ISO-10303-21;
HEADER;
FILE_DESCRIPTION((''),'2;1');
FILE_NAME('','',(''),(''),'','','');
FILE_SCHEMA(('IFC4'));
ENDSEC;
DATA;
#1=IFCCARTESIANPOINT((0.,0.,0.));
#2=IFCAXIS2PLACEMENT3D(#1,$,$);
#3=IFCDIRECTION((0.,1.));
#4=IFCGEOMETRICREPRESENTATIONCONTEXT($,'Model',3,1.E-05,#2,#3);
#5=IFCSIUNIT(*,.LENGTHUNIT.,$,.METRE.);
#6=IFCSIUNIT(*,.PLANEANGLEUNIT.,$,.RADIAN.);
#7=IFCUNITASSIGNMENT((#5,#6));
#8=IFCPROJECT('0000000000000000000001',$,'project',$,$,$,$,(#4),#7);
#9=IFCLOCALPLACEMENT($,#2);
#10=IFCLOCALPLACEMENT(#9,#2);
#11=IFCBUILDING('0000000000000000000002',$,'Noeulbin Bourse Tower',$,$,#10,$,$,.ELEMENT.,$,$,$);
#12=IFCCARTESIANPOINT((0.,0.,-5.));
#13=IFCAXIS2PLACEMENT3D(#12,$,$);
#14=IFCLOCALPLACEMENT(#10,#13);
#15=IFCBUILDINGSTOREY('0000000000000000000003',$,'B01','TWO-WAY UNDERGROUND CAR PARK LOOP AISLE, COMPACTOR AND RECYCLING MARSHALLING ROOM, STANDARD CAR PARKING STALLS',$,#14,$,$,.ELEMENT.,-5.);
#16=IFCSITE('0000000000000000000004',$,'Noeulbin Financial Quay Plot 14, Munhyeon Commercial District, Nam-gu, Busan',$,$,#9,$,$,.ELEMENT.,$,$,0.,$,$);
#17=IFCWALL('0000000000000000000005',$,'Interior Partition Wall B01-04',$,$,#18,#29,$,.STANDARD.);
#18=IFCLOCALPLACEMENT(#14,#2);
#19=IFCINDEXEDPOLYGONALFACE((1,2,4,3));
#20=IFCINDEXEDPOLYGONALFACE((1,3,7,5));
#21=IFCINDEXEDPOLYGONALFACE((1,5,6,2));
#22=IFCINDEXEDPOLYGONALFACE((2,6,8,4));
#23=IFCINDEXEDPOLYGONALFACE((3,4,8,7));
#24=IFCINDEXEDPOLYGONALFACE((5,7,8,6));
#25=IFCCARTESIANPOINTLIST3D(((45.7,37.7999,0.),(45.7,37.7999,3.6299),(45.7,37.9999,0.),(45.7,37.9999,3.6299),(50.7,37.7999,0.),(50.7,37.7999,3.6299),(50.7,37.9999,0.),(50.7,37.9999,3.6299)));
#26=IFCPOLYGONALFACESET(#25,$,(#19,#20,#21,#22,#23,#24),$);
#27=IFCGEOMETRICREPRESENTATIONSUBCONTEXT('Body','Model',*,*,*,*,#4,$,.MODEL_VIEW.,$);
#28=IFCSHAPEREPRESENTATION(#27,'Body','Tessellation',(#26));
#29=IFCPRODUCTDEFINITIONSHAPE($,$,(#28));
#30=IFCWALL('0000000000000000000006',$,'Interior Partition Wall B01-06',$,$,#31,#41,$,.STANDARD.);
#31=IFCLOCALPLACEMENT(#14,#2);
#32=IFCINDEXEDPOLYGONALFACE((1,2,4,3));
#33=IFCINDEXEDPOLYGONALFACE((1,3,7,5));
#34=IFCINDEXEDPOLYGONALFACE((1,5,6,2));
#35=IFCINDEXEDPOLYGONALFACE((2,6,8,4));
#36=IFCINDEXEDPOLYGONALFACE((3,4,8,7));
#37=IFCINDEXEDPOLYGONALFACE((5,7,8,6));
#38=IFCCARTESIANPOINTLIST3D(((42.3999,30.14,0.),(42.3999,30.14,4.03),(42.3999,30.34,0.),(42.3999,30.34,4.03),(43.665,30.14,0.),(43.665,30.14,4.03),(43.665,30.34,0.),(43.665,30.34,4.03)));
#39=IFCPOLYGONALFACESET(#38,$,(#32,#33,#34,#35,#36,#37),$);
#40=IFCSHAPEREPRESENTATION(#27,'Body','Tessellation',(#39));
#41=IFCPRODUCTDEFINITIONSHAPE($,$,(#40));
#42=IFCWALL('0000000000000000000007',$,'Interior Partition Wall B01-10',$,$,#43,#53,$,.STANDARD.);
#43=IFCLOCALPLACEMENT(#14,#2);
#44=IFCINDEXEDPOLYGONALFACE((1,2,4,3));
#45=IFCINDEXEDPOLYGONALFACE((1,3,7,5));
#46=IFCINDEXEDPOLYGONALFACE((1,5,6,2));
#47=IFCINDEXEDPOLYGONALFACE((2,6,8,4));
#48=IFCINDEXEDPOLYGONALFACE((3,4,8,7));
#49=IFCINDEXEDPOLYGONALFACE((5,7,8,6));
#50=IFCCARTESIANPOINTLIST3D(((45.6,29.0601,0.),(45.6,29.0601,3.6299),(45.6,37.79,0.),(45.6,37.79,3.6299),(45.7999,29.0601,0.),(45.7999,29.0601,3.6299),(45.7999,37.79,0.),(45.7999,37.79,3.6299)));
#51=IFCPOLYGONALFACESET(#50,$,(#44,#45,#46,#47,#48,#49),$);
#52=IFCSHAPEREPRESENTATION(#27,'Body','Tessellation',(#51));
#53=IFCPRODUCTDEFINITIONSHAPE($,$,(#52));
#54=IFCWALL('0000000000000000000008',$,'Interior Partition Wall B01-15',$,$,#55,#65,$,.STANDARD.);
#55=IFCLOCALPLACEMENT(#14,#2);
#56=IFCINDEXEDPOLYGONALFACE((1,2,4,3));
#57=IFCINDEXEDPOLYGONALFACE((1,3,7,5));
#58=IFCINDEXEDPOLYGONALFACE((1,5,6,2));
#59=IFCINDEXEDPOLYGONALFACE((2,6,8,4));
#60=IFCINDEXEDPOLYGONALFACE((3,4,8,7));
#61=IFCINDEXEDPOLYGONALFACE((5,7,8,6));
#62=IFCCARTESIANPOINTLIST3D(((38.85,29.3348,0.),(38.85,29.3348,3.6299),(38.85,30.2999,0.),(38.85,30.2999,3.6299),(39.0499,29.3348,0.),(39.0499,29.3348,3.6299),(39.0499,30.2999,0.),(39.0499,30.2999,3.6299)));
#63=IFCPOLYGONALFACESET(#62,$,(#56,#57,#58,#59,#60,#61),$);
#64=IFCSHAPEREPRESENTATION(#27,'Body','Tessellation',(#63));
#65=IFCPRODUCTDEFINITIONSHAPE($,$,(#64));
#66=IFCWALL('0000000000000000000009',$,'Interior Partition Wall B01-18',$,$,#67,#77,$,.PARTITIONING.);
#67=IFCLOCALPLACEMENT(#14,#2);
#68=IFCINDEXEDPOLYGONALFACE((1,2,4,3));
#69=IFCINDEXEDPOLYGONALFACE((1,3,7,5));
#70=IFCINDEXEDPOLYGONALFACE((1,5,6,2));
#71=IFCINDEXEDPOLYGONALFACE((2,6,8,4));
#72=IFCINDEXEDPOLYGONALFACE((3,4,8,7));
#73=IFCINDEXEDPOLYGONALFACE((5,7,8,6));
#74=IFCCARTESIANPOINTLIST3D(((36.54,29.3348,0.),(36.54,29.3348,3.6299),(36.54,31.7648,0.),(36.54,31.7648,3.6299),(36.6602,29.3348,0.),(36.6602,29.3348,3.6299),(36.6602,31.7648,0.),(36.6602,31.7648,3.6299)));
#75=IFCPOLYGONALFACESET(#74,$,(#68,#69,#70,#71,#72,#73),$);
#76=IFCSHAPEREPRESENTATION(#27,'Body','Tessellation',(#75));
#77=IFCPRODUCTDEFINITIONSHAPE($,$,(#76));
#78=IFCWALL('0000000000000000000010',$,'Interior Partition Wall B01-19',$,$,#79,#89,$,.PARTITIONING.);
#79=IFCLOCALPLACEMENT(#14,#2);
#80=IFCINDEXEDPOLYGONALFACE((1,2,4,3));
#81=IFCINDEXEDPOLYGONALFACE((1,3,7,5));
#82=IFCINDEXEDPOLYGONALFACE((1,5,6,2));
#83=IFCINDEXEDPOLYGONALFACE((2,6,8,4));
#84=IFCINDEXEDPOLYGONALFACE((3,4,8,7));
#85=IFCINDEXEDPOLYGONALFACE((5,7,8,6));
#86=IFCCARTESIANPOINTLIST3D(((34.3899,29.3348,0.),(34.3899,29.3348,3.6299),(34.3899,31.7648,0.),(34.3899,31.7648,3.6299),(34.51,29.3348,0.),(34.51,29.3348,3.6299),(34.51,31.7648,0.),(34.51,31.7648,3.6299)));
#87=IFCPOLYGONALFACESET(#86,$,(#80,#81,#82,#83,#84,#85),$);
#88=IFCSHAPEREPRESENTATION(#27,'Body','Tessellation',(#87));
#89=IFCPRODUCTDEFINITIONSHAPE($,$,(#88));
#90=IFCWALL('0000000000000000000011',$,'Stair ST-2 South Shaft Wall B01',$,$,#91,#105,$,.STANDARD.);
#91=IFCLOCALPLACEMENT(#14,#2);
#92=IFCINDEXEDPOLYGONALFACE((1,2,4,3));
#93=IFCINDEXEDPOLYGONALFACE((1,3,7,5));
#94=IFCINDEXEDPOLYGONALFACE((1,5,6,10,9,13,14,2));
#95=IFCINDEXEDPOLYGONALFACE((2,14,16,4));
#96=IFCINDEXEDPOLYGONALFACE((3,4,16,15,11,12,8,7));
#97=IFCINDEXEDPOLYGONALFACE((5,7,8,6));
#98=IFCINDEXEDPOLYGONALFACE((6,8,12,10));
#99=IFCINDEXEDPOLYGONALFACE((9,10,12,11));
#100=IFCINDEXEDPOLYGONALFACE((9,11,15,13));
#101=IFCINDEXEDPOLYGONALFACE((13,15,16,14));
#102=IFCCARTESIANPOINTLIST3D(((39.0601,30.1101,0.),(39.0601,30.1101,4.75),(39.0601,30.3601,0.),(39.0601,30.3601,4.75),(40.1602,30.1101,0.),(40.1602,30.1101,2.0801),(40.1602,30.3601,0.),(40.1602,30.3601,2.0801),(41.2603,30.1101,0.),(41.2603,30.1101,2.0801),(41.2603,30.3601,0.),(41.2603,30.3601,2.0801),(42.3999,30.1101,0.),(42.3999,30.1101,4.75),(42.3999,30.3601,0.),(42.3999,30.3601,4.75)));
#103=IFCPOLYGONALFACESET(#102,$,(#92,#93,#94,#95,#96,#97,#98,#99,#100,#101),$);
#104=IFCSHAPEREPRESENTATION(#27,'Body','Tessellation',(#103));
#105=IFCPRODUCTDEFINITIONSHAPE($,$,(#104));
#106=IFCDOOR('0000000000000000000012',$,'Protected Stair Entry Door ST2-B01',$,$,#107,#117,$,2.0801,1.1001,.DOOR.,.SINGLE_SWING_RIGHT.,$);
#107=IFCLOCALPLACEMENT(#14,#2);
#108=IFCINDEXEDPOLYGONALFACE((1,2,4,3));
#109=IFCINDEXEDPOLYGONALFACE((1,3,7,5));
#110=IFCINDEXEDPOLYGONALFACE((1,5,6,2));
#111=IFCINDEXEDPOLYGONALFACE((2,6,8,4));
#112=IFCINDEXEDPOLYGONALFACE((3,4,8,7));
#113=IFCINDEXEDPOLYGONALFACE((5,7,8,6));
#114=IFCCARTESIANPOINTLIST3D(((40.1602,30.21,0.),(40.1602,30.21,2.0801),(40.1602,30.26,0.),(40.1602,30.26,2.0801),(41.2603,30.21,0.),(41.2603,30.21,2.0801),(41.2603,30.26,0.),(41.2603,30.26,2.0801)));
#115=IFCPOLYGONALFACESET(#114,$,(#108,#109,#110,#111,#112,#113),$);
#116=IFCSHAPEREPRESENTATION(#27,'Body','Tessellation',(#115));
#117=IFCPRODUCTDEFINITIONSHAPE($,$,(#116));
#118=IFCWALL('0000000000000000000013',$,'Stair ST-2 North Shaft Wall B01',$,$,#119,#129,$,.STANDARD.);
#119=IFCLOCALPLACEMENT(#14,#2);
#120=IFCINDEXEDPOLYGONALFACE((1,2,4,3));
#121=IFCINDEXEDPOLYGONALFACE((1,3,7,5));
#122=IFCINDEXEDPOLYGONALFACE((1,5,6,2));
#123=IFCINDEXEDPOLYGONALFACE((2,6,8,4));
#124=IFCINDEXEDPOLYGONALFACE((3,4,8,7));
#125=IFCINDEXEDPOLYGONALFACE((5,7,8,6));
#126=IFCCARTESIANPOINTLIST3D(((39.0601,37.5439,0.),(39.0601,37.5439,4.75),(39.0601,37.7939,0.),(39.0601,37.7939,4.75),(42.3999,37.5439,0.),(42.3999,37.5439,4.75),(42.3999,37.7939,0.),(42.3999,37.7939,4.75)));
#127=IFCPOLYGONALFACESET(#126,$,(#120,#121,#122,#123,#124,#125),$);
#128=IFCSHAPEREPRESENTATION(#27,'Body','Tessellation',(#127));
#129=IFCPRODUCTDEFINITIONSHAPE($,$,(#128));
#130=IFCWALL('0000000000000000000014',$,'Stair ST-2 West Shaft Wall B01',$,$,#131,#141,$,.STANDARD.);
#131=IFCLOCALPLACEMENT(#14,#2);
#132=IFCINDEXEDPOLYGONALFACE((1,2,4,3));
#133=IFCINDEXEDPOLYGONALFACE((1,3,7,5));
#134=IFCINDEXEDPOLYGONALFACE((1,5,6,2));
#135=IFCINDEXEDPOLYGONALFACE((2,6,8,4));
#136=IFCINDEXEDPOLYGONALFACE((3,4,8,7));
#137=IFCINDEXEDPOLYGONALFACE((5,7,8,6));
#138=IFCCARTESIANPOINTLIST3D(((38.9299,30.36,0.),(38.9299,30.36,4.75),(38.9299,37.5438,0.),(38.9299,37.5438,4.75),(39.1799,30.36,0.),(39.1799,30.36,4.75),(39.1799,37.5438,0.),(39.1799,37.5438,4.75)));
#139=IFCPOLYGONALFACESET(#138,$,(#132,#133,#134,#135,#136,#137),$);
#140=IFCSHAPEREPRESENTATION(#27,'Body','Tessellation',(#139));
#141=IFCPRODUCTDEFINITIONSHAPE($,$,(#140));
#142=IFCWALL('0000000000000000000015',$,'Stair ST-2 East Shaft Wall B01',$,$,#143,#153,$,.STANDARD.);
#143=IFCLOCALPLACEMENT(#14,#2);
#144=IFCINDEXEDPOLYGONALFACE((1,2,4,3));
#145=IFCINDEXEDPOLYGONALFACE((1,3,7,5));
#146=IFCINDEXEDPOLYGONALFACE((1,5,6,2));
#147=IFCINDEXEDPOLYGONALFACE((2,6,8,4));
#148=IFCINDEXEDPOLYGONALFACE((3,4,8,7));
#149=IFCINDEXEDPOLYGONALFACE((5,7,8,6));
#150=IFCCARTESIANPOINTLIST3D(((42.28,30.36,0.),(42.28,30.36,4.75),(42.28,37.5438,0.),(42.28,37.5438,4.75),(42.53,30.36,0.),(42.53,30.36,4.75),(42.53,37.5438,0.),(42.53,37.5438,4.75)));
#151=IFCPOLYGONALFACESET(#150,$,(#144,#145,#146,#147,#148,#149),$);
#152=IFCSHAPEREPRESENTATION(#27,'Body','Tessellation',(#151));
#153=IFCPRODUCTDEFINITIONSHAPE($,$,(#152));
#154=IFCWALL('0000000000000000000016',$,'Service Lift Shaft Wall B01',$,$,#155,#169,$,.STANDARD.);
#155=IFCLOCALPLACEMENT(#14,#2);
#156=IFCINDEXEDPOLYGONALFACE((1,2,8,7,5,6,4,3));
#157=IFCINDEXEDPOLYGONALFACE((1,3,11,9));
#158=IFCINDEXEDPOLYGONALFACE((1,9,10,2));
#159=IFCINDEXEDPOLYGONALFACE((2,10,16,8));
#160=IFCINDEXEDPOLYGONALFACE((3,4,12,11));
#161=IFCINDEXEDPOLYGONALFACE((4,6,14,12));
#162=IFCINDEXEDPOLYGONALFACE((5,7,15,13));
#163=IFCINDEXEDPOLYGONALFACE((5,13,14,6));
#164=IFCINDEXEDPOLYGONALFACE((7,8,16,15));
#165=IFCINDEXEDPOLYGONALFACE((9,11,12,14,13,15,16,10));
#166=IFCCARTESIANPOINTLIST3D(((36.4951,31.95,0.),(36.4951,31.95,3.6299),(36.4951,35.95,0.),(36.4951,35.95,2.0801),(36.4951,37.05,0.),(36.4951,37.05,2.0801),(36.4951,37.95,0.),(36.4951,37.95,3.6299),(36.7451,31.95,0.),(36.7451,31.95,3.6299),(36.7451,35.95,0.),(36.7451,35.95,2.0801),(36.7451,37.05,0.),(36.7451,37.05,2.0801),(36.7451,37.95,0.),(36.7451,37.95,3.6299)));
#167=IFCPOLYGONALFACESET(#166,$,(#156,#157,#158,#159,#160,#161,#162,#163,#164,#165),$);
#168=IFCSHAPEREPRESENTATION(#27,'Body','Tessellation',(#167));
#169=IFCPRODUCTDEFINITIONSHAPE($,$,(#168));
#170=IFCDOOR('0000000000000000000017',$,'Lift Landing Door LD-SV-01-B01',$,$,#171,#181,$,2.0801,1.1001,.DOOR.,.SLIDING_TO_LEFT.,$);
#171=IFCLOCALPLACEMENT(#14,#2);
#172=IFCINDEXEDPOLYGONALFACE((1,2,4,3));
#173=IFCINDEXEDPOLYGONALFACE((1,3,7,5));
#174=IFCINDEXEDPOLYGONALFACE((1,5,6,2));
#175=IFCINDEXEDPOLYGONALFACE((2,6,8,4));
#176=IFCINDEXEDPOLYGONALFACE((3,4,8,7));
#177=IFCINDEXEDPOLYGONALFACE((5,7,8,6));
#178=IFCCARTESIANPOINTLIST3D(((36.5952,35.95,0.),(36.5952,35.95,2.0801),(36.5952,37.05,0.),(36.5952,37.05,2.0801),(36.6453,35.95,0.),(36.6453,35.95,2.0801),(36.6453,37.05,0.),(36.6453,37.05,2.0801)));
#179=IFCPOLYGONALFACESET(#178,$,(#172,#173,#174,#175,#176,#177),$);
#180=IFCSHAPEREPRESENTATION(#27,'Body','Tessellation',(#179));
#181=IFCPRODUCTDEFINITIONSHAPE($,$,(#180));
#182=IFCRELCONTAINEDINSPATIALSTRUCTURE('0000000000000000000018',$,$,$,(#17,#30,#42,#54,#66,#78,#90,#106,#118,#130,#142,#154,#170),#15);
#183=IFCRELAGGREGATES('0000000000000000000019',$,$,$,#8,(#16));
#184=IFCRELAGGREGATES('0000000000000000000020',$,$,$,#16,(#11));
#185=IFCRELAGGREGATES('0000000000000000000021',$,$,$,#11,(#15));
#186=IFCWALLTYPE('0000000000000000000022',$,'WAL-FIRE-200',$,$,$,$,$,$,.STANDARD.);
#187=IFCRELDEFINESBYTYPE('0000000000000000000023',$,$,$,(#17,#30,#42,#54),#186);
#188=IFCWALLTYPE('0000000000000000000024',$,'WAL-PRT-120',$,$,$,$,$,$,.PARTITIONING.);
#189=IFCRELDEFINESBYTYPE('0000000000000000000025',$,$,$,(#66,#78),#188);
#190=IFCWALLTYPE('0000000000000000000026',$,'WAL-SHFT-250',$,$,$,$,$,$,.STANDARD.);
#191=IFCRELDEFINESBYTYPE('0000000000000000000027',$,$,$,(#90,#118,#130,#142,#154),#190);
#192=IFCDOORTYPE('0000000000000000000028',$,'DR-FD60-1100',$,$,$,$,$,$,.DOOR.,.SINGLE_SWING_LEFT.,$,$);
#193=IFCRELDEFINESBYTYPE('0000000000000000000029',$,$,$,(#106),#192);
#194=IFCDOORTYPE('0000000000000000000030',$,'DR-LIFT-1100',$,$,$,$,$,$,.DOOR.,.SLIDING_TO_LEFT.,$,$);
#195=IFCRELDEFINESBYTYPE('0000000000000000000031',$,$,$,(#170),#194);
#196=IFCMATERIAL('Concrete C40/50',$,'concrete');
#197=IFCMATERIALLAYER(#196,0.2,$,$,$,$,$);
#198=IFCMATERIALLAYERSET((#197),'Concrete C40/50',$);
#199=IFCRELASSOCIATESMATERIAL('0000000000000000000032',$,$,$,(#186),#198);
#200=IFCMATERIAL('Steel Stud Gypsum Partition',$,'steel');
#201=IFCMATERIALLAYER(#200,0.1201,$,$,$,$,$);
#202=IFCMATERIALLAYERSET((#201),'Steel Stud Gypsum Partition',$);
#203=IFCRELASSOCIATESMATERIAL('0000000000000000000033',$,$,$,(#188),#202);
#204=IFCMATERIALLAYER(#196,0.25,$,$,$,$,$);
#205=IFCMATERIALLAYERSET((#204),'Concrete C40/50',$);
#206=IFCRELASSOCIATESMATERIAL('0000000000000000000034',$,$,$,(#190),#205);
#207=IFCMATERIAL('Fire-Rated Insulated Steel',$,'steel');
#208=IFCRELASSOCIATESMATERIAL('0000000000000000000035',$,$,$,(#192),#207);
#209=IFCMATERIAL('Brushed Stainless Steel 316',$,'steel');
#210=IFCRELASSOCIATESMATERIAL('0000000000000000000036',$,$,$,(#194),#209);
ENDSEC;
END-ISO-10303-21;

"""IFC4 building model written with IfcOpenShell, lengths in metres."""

from ifc_helpers import new_model, si_unit, direction, frame, frame_2d, origin, place, context, subcontext, project, spatial, rectangle, extrude, material, layer, layer_set, type_object, element, fill, save


model = new_model("IFC4")

# Units and contexts
model_context = context("Model", 3, precision=1e-05, world=origin(), true_north=direction((0.0, 1.0)))
body_context = subcontext(model_context, "Body", "Model", "MODEL_VIEW")
ifc_project = project(units=[si_unit("LENGTHUNIT", "METRE"), si_unit("PLANEANGLEUNIT", "RADIAN")], contexts=[model_context])

# Site, building, storey
site_placement = place(None, origin())
site = spatial("IfcSite", under=ifc_project, at=site_placement, Name="Noeulbin Financial Quay Plot 14, Munhyeon Commercial District, Nam-gu, Busan", CompositionType="ELEMENT", RefElevation=0.0)
building_placement = place(site_placement, origin())
building = spatial("IfcBuilding", under=site, at=building_placement, Name="Noeulbin Bourse Tower", CompositionType="ELEMENT")
storey_placement = place(building_placement, frame((0.0, 0.0, -5.0)))
storey = spatial("IfcBuildingStorey", under=building, at=storey_placement, Name="B01", Description="TWO-WAY UNDERGROUND CAR PARK LOOP AISLE, COMPACTOR AND RECYCLING MARSHALLING ROOM, STANDARD CAR PARKING STALLS", CompositionType="ELEMENT", Elevation=-5.0)

# Walls
ifc_material_1 = material(Name="Concrete C40/50", Category="concrete")
ifc_layer_1 = layer(ifc_material_1, 0.2)
ifc_layer_set_1 = layer_set([ifc_layer_1], Name="Concrete C40/50")
wall_type_1 = type_object("IfcWallType", Name="WAL-FIRE-200", PredefinedType="STANDARD", material=ifc_layer_set_1)
wall_1_placement = place(storey_placement, frame((45.7, 37.8999, 0.0), z_axis=(0.0, 0.0, 1.0), x_axis=(1.0, 0.0, 0.0)))
element("IfcWall", 1, at=wall_1_placement, inside=storey, type_object=wall_type_1, Name="Interior Partition Wall B01-04", PredefinedType="STANDARD", context=body_context, shape_type="SweptSolid", body=[
    extrude(rectangle(XDim=5.0, YDim=0.2, at=frame_2d((2.5, 0.0))), origin(), (0.0, 0.0, 1.0), 3.6299),
])
wall_2_placement = place(storey_placement, frame((42.3999, 30.24, 0.0), z_axis=(0.0, 0.0, 1.0), x_axis=(1.0, 0.0, 0.0)))
element("IfcWall", 2, at=wall_2_placement, inside=storey, type_object=wall_type_1, Name="Interior Partition Wall B01-06", PredefinedType="STANDARD", context=body_context, shape_type="SweptSolid", body=[
    extrude(rectangle(XDim=1.2651, YDim=0.2, at=frame_2d((0.6326, 0.0))), origin(), (0.0, 0.0, 1.0), 4.03),
])
wall_3_placement = place(storey_placement, frame((45.7, 29.0601, 0.0), z_axis=(0.0, 0.0, 1.0), x_axis=(0.0, 1.0, 0.0)))
element("IfcWall", 3, at=wall_3_placement, inside=storey, type_object=wall_type_1, Name="Interior Partition Wall B01-10", PredefinedType="STANDARD", context=body_context, shape_type="SweptSolid", body=[
    extrude(rectangle(XDim=8.73, YDim=0.2, at=frame_2d((4.365, 0.0))), origin(), (0.0, 0.0, 1.0), 3.6299),
])
wall_4_placement = place(storey_placement, frame((38.95, 29.335, 0.0), z_axis=(0.0, 0.0, 1.0), x_axis=(0.0, 1.0, 0.0)))
element("IfcWall", 4, at=wall_4_placement, inside=storey, type_object=wall_type_1, Name="Interior Partition Wall B01-15", PredefinedType="STANDARD", context=body_context, shape_type="SweptSolid", body=[
    extrude(rectangle(XDim=0.9651, YDim=0.2, at=frame_2d((0.4824, 0.0))), origin(), (0.0, 0.0, 1.0), 3.6299),
])
ifc_material_2 = material(Name="Steel Stud Gypsum Partition", Category="steel")
ifc_layer_2 = layer(ifc_material_2, 0.1201)
ifc_layer_set_2 = layer_set([ifc_layer_2], Name="Steel Stud Gypsum Partition")
wall_type_2 = type_object("IfcWallType", Name="WAL-PRT-120", PredefinedType="PARTITIONING", material=ifc_layer_set_2)
for number, where, z_axis, x_axis, name in (
    (5, (36.6001, 29.335, 0.0), (0.0, 0.0, 1.0), (0.0, 1.0, 0.0), "Interior Partition Wall B01-18"),
    (6, (34.45, 29.335, 0.0), (0.0, 0.0, 1.0), (0.0, 1.0, 0.0), "Interior Partition Wall B01-19"),
):
    element("IfcWall", number, at=place(storey_placement, frame(where, z_axis=z_axis, x_axis=x_axis)), inside=storey, type_object=wall_type_2, Name=name, PredefinedType="PARTITIONING", context=body_context, shape_type="SweptSolid", body=[
        extrude(rectangle(XDim=2.4299, YDim=0.1201, at=frame_2d((1.2148, 0.0))), origin(), (0.0, 0.0, 1.0), 3.6299),
    ])

# Wall, opening, door
ifc_layer_3 = layer(ifc_material_1, 0.25)
ifc_layer_set_3 = layer_set([ifc_layer_3], Name="Concrete C40/50")
wall_type_3 = type_object("IfcWallType", Name="WAL-SHFT-250", PredefinedType="STANDARD", material=ifc_layer_set_3)
wall_5_placement = place(storey_placement, frame((39.0601, 30.2351, 0.0), z_axis=(0.0, 0.0, 1.0), x_axis=(1.0, 0.0, 0.0)))
wall_5 = element("IfcWall", 7, at=wall_5_placement, inside=storey, type_object=wall_type_3, Name="Stair ST-2 South Shaft Wall B01", PredefinedType="STANDARD", context=body_context, shape_type="SweptSolid", body=[
    extrude(rectangle(XDim=3.3398, YDim=0.25, at=frame_2d((1.6699, 0.0))), origin(), (0.0, 0.0, 1.0), 4.75),
])
opening_1_placement = place(wall_5_placement, frame((1.1001, 0.0, 0.0)))
opening_1 = element("IfcOpeningElement", 8, at=opening_1_placement, cuts=wall_5, PredefinedType="OPENING", context=body_context, shape_type="SweptSolid", body=[
    extrude(rectangle(XDim=1.1001, YDim=2.0801, at=frame_2d((0.55, 1.04))), frame((0.0, 0.135, 0.0), z_axis=(0.0, -1.0, 0.0), x_axis=(1.0, 0.0, 0.0)), (0.0, 0.0, 1.0), 0.27),
])
ifc_material_3 = material(Name="Fire-Rated Insulated Steel", Category="steel")
door_type_1 = type_object("IfcDoorType", Name="DR-FD60-1100", OperationType="SINGLE_SWING_LEFT", PredefinedType="DOOR", material=ifc_material_3)
door_1_placement = place(opening_1_placement, origin())
door_1 = element("IfcDoor", 9, at=door_1_placement, inside=storey, type_object=door_type_1, Name="Protected Stair Entry Door ST2-B01", OperationType="SINGLE_SWING_RIGHT", OverallHeight=2.0801, OverallWidth=1.1001, PredefinedType="DOOR", context=body_context, shape_type="SweptSolid", body=[
    extrude(rectangle(XDim=1.1001, YDim=2.0801, at=frame_2d((0.55, 1.04))), frame((0.0, 0.0249, 0.0), z_axis=(0.0, -1.0, 0.0), x_axis=(1.0, 0.0, 0.0)), (0.0, 0.0, 1.0), 0.05),
])
fill(opening_1, door_1)

# Walls
wall_6_placement = place(storey_placement, frame((39.0601, 37.6689, 0.0), z_axis=(0.0, 0.0, 1.0), x_axis=(1.0, 0.0, 0.0)))
element("IfcWall", 10, at=wall_6_placement, inside=storey, type_object=wall_type_3, Name="Stair ST-2 North Shaft Wall B01", PredefinedType="STANDARD", context=body_context, shape_type="SweptSolid", body=[
    extrude(rectangle(XDim=3.3398, YDim=0.25, at=frame_2d((1.6699, 0.0))), origin(), (0.0, 0.0, 1.0), 4.75),
])
for number, where, z_axis, x_axis, name in (
    (11, (39.0549, 30.3601, 0.0), (0.0, 0.0, 1.0), (0.0, 1.0, 0.0), "Stair ST-2 West Shaft Wall B01"),
    (12, (42.405, 30.3601, 0.0), (0.0, 0.0, 1.0), (0.0, 1.0, 0.0), "Stair ST-2 East Shaft Wall B01"),
):
    element("IfcWall", number, at=place(storey_placement, frame(where, z_axis=z_axis, x_axis=x_axis)), inside=storey, type_object=wall_type_3, Name=name, PredefinedType="STANDARD", context=body_context, shape_type="SweptSolid", body=[
        extrude(rectangle(XDim=7.1838, YDim=0.25, at=frame_2d((3.5918, 0.0))), origin(), (0.0, 0.0, 1.0), 4.75),
    ])

# Wall, opening, door
wall_7_placement = place(storey_placement, frame((36.6201, 31.95, 0.0), z_axis=(0.0, 0.0, 1.0), x_axis=(0.0, 1.0, 0.0)))
wall_7 = element("IfcWall", 13, at=wall_7_placement, inside=storey, type_object=wall_type_3, Name="Service Lift Shaft Wall B01", PredefinedType="STANDARD", context=body_context, shape_type="SweptSolid", body=[
    extrude(rectangle(XDim=6.0, YDim=0.25, at=frame_2d((3.0, 0.0))), origin(), (0.0, 0.0, 1.0), 3.6299),
])
opening_2_placement = place(wall_7_placement, frame((4.0, 0.0, 0.0)))
opening_2 = element("IfcOpeningElement", 14, at=opening_2_placement, cuts=wall_7, PredefinedType="OPENING", context=body_context, shape_type="SweptSolid", body=[
    extrude(rectangle(XDim=1.1001, YDim=2.0801, at=frame_2d((0.55, 1.04))), frame((0.0, 0.135, 0.0), z_axis=(0.0, -1.0, 0.0), x_axis=(1.0, 0.0, 0.0)), (0.0, 0.0, 1.0), 0.27),
])
ifc_material_4 = material(Name="Brushed Stainless Steel 316", Category="steel")
door_type_2 = type_object("IfcDoorType", Name="DR-LIFT-1100", OperationType="SLIDING_TO_LEFT", PredefinedType="DOOR", material=ifc_material_4)
door_2_placement = place(opening_2_placement, origin())
door_2 = element("IfcDoor", 15, at=door_2_placement, inside=storey, type_object=door_type_2, Name="Lift Landing Door LD-SV-01-B01", OperationType="SLIDING_TO_LEFT", OverallHeight=2.0801, OverallWidth=1.1001, PredefinedType="DOOR", context=body_context, shape_type="SweptSolid", body=[
    extrude(rectangle(XDim=1.1001, YDim=2.0801, at=frame_2d((0.55, 1.04))), frame((0.0, 0.0249, 0.0), z_axis=(0.0, -1.0, 0.0), x_axis=(1.0, 0.0, 0.0)), (0.0, 0.0, 1.0), 0.05),
])
fill(opening_2, door_2)

save(model, "model.ifc")
